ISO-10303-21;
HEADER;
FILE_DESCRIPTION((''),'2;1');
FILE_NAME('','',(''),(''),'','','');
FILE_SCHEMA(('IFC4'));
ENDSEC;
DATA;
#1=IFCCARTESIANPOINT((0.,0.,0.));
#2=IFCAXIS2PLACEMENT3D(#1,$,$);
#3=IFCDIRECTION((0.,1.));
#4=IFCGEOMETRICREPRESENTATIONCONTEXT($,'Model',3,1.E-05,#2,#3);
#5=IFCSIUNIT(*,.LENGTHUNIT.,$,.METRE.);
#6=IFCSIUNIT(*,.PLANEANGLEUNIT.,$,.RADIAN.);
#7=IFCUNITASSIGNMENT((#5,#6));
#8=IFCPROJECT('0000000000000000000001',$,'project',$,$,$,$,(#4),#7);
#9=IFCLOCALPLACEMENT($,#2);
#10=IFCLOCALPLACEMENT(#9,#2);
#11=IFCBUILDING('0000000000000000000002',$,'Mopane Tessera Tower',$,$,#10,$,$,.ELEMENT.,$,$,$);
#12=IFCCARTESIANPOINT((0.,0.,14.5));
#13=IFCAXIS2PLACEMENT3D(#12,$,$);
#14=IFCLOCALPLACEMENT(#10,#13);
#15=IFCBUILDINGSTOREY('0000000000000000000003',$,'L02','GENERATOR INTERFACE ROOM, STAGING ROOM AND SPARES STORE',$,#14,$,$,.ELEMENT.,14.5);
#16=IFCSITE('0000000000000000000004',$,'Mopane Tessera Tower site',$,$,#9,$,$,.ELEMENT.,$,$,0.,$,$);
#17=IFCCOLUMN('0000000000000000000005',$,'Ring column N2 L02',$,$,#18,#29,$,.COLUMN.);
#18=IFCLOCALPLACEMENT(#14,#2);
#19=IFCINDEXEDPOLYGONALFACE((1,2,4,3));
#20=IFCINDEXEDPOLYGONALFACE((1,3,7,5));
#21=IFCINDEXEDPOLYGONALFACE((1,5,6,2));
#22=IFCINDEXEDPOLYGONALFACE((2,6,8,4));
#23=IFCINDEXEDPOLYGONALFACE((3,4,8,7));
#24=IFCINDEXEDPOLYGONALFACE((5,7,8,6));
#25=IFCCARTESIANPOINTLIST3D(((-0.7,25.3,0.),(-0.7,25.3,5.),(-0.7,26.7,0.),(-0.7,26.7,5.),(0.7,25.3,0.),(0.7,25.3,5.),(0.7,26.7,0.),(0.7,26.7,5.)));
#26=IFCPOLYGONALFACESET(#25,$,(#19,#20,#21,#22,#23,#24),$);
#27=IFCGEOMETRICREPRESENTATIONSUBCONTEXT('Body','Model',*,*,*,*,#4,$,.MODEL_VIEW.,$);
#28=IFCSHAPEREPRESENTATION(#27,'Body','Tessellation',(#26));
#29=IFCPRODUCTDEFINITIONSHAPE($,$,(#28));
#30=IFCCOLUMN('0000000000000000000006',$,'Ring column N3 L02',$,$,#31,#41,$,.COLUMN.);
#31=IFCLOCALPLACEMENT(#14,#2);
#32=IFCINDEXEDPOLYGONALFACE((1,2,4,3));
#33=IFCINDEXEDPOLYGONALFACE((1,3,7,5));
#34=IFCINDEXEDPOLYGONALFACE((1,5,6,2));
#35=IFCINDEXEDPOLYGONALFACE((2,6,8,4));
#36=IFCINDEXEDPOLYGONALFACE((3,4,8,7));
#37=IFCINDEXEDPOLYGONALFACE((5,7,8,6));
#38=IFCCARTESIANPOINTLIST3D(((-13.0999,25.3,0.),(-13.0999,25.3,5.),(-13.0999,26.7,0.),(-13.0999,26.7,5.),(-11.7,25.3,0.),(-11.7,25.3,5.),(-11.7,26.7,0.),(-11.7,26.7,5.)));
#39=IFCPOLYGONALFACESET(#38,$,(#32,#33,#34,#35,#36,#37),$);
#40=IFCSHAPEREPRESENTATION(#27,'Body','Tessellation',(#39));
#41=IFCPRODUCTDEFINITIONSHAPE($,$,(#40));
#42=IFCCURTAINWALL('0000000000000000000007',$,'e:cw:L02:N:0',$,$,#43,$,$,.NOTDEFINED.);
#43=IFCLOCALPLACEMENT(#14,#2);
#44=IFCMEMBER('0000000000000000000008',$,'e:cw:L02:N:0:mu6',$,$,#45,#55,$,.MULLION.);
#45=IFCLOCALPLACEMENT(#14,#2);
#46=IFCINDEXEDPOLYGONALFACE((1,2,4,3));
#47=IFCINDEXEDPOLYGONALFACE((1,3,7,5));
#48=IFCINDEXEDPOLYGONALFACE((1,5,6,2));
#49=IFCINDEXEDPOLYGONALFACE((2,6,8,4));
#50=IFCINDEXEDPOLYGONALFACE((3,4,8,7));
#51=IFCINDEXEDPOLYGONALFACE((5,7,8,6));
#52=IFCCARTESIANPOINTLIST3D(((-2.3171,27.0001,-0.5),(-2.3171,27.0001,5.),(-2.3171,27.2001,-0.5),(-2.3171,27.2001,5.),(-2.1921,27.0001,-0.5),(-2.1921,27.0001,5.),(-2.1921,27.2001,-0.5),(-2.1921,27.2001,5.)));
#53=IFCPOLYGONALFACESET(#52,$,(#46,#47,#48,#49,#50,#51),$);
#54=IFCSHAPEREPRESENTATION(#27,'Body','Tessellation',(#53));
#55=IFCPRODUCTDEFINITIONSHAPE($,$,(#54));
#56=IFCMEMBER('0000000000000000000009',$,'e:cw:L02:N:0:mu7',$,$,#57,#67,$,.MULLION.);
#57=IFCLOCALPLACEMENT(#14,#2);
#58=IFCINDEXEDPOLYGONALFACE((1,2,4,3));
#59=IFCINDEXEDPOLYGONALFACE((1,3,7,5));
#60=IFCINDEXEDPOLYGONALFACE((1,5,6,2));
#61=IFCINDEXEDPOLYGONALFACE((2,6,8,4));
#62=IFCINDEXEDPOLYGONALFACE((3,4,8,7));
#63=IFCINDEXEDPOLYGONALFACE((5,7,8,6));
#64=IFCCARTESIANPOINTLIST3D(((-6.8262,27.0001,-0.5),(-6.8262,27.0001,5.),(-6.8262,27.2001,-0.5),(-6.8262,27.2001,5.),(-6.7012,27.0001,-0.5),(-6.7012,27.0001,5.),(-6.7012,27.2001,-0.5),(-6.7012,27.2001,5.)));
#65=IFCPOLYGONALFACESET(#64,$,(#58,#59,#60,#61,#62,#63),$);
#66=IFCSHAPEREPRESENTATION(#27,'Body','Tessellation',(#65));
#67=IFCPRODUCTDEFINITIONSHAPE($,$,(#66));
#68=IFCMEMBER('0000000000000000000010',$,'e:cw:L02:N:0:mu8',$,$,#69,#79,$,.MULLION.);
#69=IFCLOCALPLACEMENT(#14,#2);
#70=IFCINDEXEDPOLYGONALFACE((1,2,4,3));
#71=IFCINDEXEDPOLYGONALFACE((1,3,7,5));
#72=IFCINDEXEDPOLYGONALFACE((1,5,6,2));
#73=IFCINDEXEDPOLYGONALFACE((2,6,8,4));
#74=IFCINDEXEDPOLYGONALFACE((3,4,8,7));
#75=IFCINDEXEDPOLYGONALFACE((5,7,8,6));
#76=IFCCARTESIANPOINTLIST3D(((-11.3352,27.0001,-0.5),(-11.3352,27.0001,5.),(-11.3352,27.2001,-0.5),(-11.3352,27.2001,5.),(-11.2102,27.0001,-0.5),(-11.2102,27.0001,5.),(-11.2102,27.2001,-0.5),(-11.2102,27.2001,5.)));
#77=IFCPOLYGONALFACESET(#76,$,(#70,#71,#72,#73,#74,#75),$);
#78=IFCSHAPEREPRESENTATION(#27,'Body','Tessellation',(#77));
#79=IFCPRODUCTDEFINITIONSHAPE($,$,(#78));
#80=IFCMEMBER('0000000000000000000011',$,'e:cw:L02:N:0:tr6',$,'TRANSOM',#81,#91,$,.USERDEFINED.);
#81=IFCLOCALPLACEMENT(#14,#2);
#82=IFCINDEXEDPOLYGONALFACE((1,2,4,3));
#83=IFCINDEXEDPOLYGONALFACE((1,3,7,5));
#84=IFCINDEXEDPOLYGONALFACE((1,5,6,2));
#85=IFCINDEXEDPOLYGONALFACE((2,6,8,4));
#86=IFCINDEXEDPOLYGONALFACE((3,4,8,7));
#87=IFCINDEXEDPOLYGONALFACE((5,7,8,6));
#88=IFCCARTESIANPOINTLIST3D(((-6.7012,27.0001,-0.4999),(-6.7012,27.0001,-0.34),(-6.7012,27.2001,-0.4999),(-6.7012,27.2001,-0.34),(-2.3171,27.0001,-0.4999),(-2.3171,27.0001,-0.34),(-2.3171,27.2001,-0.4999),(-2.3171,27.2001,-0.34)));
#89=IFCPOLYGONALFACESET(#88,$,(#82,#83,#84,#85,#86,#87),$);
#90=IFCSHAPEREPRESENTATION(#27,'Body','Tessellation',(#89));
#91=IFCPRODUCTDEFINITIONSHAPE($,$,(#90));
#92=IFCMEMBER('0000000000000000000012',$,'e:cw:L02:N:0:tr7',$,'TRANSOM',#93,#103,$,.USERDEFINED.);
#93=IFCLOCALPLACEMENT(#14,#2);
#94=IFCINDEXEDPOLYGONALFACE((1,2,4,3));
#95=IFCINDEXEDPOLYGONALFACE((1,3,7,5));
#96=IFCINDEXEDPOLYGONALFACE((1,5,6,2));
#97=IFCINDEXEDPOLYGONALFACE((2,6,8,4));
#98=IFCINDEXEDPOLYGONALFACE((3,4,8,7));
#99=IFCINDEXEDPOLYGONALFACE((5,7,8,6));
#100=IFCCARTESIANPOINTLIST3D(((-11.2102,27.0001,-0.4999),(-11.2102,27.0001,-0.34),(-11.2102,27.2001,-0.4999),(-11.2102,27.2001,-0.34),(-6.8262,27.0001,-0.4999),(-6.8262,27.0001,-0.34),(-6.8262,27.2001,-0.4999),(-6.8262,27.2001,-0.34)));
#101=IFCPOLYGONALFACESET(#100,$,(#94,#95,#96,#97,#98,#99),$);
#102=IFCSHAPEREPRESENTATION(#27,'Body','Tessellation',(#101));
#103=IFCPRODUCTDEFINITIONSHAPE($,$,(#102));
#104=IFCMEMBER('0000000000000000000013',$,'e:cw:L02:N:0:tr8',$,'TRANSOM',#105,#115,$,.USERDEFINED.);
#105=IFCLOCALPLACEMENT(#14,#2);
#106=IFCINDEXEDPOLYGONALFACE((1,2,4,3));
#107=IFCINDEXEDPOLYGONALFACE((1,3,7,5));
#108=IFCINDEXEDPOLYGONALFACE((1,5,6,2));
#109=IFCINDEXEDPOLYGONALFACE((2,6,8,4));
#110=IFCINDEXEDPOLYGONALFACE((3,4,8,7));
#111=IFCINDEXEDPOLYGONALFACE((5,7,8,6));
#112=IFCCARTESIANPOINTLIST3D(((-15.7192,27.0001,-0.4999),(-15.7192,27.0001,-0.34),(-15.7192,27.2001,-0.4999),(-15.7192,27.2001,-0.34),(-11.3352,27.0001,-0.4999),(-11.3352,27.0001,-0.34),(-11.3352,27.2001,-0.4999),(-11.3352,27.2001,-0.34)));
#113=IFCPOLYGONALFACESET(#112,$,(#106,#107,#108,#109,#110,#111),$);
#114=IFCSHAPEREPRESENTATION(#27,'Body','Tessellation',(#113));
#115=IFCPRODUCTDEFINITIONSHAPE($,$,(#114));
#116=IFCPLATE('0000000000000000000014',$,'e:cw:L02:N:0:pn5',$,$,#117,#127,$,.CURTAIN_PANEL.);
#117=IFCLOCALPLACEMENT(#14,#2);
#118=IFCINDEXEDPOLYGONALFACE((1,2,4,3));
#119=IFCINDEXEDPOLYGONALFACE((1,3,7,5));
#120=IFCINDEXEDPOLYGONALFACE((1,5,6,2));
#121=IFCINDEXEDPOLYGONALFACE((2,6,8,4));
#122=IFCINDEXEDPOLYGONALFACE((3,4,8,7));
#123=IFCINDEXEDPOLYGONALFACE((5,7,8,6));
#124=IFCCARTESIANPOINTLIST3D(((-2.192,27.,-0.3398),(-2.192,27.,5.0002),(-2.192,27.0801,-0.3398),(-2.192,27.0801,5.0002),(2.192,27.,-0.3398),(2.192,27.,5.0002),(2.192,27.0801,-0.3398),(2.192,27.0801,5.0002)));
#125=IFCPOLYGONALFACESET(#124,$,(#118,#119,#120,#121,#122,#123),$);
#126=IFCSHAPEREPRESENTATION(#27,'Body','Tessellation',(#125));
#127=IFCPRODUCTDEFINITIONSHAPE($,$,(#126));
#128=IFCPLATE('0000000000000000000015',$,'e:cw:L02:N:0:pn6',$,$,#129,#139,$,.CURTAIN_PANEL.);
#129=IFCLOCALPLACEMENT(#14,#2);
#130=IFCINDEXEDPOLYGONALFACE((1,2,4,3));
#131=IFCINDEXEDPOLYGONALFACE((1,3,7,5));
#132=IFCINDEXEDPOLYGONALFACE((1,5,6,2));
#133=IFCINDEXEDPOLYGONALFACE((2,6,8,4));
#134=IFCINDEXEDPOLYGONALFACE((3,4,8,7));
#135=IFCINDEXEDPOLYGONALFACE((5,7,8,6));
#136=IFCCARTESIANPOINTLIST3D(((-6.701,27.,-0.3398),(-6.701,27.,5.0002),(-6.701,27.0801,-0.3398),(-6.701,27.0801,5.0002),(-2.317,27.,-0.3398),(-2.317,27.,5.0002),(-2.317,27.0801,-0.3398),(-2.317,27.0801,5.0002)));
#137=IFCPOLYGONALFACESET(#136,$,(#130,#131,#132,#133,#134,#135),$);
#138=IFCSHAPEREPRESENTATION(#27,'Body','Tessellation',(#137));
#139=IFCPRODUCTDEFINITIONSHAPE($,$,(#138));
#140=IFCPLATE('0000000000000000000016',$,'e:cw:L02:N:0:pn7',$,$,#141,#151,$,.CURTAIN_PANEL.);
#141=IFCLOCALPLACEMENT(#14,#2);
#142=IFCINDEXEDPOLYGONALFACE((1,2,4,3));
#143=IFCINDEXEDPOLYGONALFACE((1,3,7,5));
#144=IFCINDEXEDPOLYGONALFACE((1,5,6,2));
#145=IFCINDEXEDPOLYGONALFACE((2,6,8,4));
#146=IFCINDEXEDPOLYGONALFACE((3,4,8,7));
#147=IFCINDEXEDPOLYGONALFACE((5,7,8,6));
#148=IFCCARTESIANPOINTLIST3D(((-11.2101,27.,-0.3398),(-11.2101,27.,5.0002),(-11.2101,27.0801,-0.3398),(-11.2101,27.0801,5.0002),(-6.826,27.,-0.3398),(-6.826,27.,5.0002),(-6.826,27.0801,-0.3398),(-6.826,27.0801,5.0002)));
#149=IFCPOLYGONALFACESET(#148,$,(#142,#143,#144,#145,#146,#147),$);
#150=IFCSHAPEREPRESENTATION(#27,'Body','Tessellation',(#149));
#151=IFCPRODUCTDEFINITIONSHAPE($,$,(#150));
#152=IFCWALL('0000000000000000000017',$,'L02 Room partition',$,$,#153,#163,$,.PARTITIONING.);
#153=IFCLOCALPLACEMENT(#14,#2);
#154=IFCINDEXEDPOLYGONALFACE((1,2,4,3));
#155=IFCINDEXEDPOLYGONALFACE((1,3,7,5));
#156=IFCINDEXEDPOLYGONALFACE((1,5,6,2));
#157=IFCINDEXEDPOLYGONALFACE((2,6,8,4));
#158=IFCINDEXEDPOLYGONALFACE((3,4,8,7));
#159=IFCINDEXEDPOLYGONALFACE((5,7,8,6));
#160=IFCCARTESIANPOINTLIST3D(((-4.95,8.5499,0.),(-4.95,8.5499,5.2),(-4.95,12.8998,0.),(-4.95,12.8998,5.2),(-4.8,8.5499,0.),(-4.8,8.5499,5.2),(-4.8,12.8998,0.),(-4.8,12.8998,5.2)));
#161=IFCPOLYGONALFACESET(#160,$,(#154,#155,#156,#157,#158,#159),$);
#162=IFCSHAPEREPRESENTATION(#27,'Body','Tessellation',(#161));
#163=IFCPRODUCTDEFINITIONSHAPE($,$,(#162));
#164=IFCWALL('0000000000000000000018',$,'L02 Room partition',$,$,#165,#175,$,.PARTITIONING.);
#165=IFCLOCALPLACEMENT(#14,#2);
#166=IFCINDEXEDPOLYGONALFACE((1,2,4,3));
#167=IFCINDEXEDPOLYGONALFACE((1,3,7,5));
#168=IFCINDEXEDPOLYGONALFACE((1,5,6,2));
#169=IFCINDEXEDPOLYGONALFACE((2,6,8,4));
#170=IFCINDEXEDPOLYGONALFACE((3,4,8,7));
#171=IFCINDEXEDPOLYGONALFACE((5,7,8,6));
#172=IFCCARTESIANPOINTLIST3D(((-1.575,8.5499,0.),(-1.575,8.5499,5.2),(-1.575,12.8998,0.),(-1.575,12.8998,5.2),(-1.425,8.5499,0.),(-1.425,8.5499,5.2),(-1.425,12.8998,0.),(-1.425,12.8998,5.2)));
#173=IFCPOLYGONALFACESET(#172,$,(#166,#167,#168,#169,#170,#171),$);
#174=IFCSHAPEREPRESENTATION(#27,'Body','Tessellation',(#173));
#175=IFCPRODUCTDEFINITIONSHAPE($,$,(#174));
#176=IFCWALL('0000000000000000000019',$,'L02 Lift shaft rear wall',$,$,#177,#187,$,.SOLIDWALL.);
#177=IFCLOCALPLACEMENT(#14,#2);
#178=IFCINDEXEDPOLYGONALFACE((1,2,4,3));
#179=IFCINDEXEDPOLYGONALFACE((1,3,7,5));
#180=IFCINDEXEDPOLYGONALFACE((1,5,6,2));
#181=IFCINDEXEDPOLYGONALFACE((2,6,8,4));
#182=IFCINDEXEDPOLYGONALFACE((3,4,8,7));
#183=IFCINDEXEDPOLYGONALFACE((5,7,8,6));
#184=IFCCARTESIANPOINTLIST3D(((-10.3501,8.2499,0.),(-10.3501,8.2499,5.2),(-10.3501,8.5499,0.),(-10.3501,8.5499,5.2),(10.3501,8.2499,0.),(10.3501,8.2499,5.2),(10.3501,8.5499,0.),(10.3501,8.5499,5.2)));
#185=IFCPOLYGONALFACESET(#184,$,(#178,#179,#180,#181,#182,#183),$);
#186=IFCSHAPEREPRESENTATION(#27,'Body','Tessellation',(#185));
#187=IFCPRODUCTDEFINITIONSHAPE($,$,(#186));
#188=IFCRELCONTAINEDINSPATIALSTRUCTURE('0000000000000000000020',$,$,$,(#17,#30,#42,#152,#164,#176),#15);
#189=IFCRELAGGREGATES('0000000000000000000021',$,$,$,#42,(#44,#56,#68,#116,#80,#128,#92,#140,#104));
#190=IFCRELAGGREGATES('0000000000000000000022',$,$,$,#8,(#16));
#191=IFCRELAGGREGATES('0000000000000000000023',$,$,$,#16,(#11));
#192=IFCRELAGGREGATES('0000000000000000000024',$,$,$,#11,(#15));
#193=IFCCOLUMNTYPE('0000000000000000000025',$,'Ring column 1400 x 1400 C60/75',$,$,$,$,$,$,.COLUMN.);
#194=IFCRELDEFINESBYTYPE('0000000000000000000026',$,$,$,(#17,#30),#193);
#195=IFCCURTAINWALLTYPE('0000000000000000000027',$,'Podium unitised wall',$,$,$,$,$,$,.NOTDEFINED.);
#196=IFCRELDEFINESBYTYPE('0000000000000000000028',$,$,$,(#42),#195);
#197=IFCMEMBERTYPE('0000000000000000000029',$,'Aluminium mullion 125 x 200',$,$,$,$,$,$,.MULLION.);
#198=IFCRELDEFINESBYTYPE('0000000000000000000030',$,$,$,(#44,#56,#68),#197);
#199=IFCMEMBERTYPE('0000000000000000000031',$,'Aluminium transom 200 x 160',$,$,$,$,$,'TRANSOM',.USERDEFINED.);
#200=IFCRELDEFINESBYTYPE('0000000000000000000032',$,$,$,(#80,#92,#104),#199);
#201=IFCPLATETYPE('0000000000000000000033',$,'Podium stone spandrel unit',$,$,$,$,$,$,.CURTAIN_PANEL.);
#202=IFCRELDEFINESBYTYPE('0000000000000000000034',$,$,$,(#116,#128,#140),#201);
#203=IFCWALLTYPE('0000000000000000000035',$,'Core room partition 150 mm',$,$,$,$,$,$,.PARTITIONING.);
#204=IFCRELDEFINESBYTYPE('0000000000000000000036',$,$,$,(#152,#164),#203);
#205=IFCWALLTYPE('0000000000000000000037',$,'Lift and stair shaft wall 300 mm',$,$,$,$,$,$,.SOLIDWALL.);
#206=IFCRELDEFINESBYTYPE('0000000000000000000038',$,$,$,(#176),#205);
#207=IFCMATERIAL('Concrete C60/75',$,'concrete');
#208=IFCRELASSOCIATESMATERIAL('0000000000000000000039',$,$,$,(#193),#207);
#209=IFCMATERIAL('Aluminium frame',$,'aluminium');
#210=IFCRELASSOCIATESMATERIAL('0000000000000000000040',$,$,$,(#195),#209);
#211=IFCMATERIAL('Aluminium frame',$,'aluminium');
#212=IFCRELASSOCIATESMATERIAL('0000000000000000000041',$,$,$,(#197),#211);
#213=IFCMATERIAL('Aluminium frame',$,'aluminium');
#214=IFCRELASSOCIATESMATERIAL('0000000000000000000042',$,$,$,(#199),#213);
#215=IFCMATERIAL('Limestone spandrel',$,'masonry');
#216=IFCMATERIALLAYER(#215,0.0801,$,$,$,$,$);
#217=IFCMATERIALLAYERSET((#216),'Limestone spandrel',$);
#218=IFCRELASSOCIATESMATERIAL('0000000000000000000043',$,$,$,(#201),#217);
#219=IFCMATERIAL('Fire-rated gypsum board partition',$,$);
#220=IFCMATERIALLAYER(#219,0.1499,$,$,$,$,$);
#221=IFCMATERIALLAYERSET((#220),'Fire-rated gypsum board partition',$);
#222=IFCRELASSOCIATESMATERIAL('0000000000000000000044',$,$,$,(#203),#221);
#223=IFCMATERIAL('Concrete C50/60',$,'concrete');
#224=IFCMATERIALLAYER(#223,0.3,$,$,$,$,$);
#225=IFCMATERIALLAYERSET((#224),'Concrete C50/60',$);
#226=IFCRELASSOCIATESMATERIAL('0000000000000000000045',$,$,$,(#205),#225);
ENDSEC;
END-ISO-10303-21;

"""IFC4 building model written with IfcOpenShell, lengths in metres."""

from ifc_helpers import new_model, si_unit, direction, frame, frame_2d, origin, origin_2d, place, context, subcontext, project, spatial, rectangle, extrude, material, layer, layer_set, material_profile, profile_set, type_object, element, aggregate, save


model = new_model("IFC4")

# Units and contexts
model_context = context("Model", 3, precision=1e-05, world=origin(), true_north=direction((0.0, 1.0)))
body_context = subcontext(model_context, "Body", "Model", "MODEL_VIEW")
ifc_project = project(units=[si_unit("LENGTHUNIT", "METRE"), si_unit("PLANEANGLEUNIT", "RADIAN")], contexts=[model_context])

# Site, building, storey
site_placement = place(None, origin())
site = spatial("IfcSite", under=ifc_project, at=site_placement, Name="Mopane Tessera Tower site", CompositionType="ELEMENT", RefElevation=0.0)
building_placement = place(site_placement, origin())
building = spatial("IfcBuilding", under=site, at=building_placement, Name="Mopane Tessera Tower", CompositionType="ELEMENT")
storey_placement = place(building_placement, frame((0.0, 0.0, 14.5)))
storey = spatial("IfcBuildingStorey", under=building, at=storey_placement, Name="L02", Description="GENERATOR INTERFACE ROOM, STAGING ROOM AND SPARES STORE", CompositionType="ELEMENT", Elevation=14.5)

# Columns
ifc_material_1 = material(Name="Concrete C60/75", Category="concrete")
ifc_material_profile_1 = material_profile(ifc_material_1, rectangle(XDim=1.3999, YDim=1.3999, at=origin_2d()))
ifc_profile_set_1 = profile_set([ifc_material_profile_1], Name="Concrete C60/75")
column_type = type_object("IfcColumnType", Name="Ring column 1400 x 1400 C60/75", PredefinedType="COLUMN", material=ifc_profile_set_1)
for number, where, z_axis, x_axis, name in (
    (1, (0.0, 26.0, 0.0), (0.0, 0.0, 1.0), (1.0, 0.0, 0.0), "Ring column N2 L02"),
    (2, (-12.3999, 26.0, 0.0), (0.0, 0.0, 1.0), (1.0, 0.0, 0.0), "Ring column N3 L02"),
):
    element("IfcColumn", number, at=place(storey_placement, frame(where, z_axis=z_axis, x_axis=x_axis)), inside=storey, type_object=column_type, Name=name, PredefinedType="COLUMN", context=body_context, shape_type="SweptSolid", body=[
        extrude(rectangle(XDim=1.3999, YDim=1.3999, at=origin_2d()), origin(), (0.0, 0.0, 1.0), 5.0),
    ])

# Curtain wall, members, plates
ifc_material_2 = material(Name="Aluminium frame", Category="aluminium")
curtain_wall_type = type_object("IfcCurtainWallType", Name="Podium unitised wall", PredefinedType="NOTDEFINED", material=ifc_material_2)
curtain_wall_placement = place(storey_placement, origin())
curtain_wall = element("IfcCurtainWall", 3, at=curtain_wall_placement, inside=storey, type_object=curtain_wall_type, Name="e:cw:L02:N:0", PredefinedType="NOTDEFINED")
ifc_material_3 = material(Name="Aluminium frame", Category="aluminium")
ifc_material_profile_2 = material_profile(ifc_material_3, rectangle(XDim=0.125, YDim=0.2, at=origin_2d()))
ifc_profile_set_2 = profile_set([ifc_material_profile_2], Name="Aluminium frame")
member_type_1 = type_object("IfcMemberType", Name="Aluminium mullion 125 x 200", PredefinedType="MULLION", material=ifc_profile_set_2)
member_1_placement = place(storey_placement, frame((-2.2546, 27.1001, -0.5), z_axis=(0.0, 0.0, 1.0), x_axis=(-1.0, 0.0, 0.0)))
member_1 = element("IfcMember", 4, at=member_1_placement, type_object=member_type_1, Name="e:cw:L02:N:0:mu6", PredefinedType="MULLION", context=body_context, shape_type="SweptSolid", body=[
    extrude(rectangle(XDim=0.125, YDim=0.2, at=origin_2d()), origin(), (0.0, 0.0, 1.0), 5.5),
])
member_2_placement = place(storey_placement, frame((-6.7637, 27.1001, -0.5), z_axis=(0.0, 0.0, 1.0), x_axis=(-1.0, 0.0, 0.0)))
member_2 = element("IfcMember", 5, at=member_2_placement, type_object=member_type_1, Name="e:cw:L02:N:0:mu7", PredefinedType="MULLION", context=body_context, shape_type="SweptSolid", body=[
    extrude(rectangle(XDim=0.125, YDim=0.2, at=origin_2d()), origin(), (0.0, 0.0, 1.0), 5.5),
])
member_3_placement = place(storey_placement, frame((-11.2727, 27.1001, -0.5), z_axis=(0.0, 0.0, 1.0), x_axis=(-1.0, 0.0, 0.0)))
member_3 = element("IfcMember", 6, at=member_3_placement, type_object=member_type_1, Name="e:cw:L02:N:0:mu8", PredefinedType="MULLION", context=body_context, shape_type="SweptSolid", body=[
    extrude(rectangle(XDim=0.125, YDim=0.2, at=origin_2d()), origin(), (0.0, 0.0, 1.0), 5.5),
])
ifc_material_4 = material(Name="Aluminium frame", Category="aluminium")
ifc_material_profile_3 = material_profile(ifc_material_4, rectangle(XDim=0.2, YDim=0.1599, at=origin_2d()))
ifc_profile_set_3 = profile_set([ifc_material_profile_3], Name="Aluminium frame")
member_type_2 = type_object("IfcMemberType", Name="Aluminium transom 200 x 160", ElementType="TRANSOM", PredefinedType="USERDEFINED", material=ifc_profile_set_3)
member_4_placement = place(storey_placement, frame((-2.3171, 27.1001, -0.4199), z_axis=(-1.0, 0.0, 0.0), x_axis=(0.0, -1.0, 0.0)))
member_4 = element("IfcMember", 7, at=member_4_placement, type_object=member_type_2, Name="e:cw:L02:N:0:tr6", ObjectType="TRANSOM", PredefinedType="USERDEFINED", context=body_context, shape_type="SweptSolid", body=[
    extrude(rectangle(XDim=0.2, YDim=0.1599, at=origin_2d()), origin(), (0.0, 0.0, 1.0), 4.384),
])
member_5_placement = place(storey_placement, frame((-6.8262, 27.1001, -0.4199), z_axis=(-1.0, 0.0, 0.0), x_axis=(0.0, -1.0, 0.0)))
member_5 = element("IfcMember", 8, at=member_5_placement, type_object=member_type_2, Name="e:cw:L02:N:0:tr7", ObjectType="TRANSOM", PredefinedType="USERDEFINED", context=body_context, shape_type="SweptSolid", body=[
    extrude(rectangle(XDim=0.2, YDim=0.1599, at=origin_2d()), origin(), (0.0, 0.0, 1.0), 4.384),
])
member_6_placement = place(storey_placement, frame((-11.3352, 27.1001, -0.4199), z_axis=(-1.0, 0.0, 0.0), x_axis=(0.0, -1.0, 0.0)))
member_6 = element("IfcMember", 9, at=member_6_placement, type_object=member_type_2, Name="e:cw:L02:N:0:tr8", ObjectType="TRANSOM", PredefinedType="USERDEFINED", context=body_context, shape_type="SweptSolid", body=[
    extrude(rectangle(XDim=0.2, YDim=0.1599, at=origin_2d()), origin(), (0.0, 0.0, 1.0), 4.384),
])
ifc_material_5 = material(Name="Limestone spandrel", Category="masonry")
ifc_layer_1 = layer(ifc_material_5, 0.0801)
ifc_layer_set_1 = layer_set([ifc_layer_1], Name="Limestone spandrel")
plate_type = type_object("IfcPlateType", Name="Podium stone spandrel unit", PredefinedType="CURTAIN_PANEL", material=ifc_layer_set_1)
plate_1_placement = place(storey_placement, frame((0.0, 27.04, -0.3398), z_axis=(0.0, 0.0, 1.0), x_axis=(-1.0, 0.0, 0.0)))
plate_1 = element("IfcPlate", 10, at=plate_1_placement, type_object=plate_type, Name="e:cw:L02:N:0:pn5", PredefinedType="CURTAIN_PANEL", context=body_context, shape_type="SweptSolid", body=[
    extrude(rectangle(XDim=4.384, YDim=0.0801, at=origin_2d()), origin(), (0.0, 0.0, 1.0), 5.3401),
])
plate_2_placement = place(storey_placement, frame((-4.509, 27.04, -0.3398), z_axis=(0.0, 0.0, 1.0), x_axis=(-1.0, 0.0, 0.0)))
plate_2 = element("IfcPlate", 11, at=plate_2_placement, type_object=plate_type, Name="e:cw:L02:N:0:pn6", PredefinedType="CURTAIN_PANEL", context=body_context, shape_type="SweptSolid", body=[
    extrude(rectangle(XDim=4.384, YDim=0.0801, at=origin_2d()), origin(), (0.0, 0.0, 1.0), 5.3401),
])
plate_3_placement = place(storey_placement, frame((-9.0181, 27.04, -0.3398), z_axis=(0.0, 0.0, 1.0), x_axis=(-1.0, 0.0, 0.0)))
plate_3 = element("IfcPlate", 12, at=plate_3_placement, type_object=plate_type, Name="e:cw:L02:N:0:pn7", PredefinedType="CURTAIN_PANEL", context=body_context, shape_type="SweptSolid", body=[
    extrude(rectangle(XDim=4.384, YDim=0.0801, at=origin_2d()), origin(), (0.0, 0.0, 1.0), 5.3401),
])
aggregate(curtain_wall, [member_1, member_2, member_3, plate_1, member_4, plate_2, member_5, plate_3, member_6])

# Walls
ifc_material_6 = material(Name="Fire-rated gypsum board partition")
ifc_layer_2 = layer(ifc_material_6, 0.1499)
ifc_layer_set_2 = layer_set([ifc_layer_2], Name="Fire-rated gypsum board partition")
wall_type_1 = type_object("IfcWallType", Name="Core room partition 150 mm", PredefinedType="PARTITIONING", material=ifc_layer_set_2)
for number, where, z_axis, x_axis, name in (
    (13, (-4.875, 8.55, 0.0), (0.0, 0.0, 1.0), (0.0, 1.0, 0.0), "L02 Room partition"),
    (14, (-1.5, 8.55, 0.0), (0.0, 0.0, 1.0), (0.0, 1.0, 0.0), "L02 Room partition"),
):
    element("IfcWall", number, at=place(storey_placement, frame(where, z_axis=z_axis, x_axis=x_axis)), inside=storey, type_object=wall_type_1, Name=name, PredefinedType="PARTITIONING", context=body_context, shape_type="SweptSolid", body=[
        extrude(rectangle(XDim=4.3499, YDim=0.1499, at=frame_2d((2.1748, 0.0))), origin(), (0.0, 0.0, 1.0), 5.2),
    ])
ifc_material_7 = material(Name="Concrete C50/60", Category="concrete")
ifc_layer_3 = layer(ifc_material_7, 0.3)
ifc_layer_set_3 = layer_set([ifc_layer_3], Name="Concrete C50/60")
wall_type_2 = type_object("IfcWallType", Name="Lift and stair shaft wall 300 mm", PredefinedType="SOLIDWALL", material=ifc_layer_set_3)
wall_1_placement = place(storey_placement, frame((-10.3501, 8.3999, 0.0), z_axis=(0.0, 0.0, 1.0), x_axis=(1.0, 0.0, 0.0)))
element("IfcWall", 15, at=wall_1_placement, inside=storey, type_object=wall_type_2, Name="L02 Lift shaft rear wall", PredefinedType="SOLIDWALL", context=body_context, shape_type="SweptSolid", body=[
    extrude(rectangle(XDim=20.7002, YDim=0.3, at=frame_2d((10.3501, 0.0))), origin(), (0.0, 0.0, 1.0), 5.2),
])

save(model, "model.ifc")
